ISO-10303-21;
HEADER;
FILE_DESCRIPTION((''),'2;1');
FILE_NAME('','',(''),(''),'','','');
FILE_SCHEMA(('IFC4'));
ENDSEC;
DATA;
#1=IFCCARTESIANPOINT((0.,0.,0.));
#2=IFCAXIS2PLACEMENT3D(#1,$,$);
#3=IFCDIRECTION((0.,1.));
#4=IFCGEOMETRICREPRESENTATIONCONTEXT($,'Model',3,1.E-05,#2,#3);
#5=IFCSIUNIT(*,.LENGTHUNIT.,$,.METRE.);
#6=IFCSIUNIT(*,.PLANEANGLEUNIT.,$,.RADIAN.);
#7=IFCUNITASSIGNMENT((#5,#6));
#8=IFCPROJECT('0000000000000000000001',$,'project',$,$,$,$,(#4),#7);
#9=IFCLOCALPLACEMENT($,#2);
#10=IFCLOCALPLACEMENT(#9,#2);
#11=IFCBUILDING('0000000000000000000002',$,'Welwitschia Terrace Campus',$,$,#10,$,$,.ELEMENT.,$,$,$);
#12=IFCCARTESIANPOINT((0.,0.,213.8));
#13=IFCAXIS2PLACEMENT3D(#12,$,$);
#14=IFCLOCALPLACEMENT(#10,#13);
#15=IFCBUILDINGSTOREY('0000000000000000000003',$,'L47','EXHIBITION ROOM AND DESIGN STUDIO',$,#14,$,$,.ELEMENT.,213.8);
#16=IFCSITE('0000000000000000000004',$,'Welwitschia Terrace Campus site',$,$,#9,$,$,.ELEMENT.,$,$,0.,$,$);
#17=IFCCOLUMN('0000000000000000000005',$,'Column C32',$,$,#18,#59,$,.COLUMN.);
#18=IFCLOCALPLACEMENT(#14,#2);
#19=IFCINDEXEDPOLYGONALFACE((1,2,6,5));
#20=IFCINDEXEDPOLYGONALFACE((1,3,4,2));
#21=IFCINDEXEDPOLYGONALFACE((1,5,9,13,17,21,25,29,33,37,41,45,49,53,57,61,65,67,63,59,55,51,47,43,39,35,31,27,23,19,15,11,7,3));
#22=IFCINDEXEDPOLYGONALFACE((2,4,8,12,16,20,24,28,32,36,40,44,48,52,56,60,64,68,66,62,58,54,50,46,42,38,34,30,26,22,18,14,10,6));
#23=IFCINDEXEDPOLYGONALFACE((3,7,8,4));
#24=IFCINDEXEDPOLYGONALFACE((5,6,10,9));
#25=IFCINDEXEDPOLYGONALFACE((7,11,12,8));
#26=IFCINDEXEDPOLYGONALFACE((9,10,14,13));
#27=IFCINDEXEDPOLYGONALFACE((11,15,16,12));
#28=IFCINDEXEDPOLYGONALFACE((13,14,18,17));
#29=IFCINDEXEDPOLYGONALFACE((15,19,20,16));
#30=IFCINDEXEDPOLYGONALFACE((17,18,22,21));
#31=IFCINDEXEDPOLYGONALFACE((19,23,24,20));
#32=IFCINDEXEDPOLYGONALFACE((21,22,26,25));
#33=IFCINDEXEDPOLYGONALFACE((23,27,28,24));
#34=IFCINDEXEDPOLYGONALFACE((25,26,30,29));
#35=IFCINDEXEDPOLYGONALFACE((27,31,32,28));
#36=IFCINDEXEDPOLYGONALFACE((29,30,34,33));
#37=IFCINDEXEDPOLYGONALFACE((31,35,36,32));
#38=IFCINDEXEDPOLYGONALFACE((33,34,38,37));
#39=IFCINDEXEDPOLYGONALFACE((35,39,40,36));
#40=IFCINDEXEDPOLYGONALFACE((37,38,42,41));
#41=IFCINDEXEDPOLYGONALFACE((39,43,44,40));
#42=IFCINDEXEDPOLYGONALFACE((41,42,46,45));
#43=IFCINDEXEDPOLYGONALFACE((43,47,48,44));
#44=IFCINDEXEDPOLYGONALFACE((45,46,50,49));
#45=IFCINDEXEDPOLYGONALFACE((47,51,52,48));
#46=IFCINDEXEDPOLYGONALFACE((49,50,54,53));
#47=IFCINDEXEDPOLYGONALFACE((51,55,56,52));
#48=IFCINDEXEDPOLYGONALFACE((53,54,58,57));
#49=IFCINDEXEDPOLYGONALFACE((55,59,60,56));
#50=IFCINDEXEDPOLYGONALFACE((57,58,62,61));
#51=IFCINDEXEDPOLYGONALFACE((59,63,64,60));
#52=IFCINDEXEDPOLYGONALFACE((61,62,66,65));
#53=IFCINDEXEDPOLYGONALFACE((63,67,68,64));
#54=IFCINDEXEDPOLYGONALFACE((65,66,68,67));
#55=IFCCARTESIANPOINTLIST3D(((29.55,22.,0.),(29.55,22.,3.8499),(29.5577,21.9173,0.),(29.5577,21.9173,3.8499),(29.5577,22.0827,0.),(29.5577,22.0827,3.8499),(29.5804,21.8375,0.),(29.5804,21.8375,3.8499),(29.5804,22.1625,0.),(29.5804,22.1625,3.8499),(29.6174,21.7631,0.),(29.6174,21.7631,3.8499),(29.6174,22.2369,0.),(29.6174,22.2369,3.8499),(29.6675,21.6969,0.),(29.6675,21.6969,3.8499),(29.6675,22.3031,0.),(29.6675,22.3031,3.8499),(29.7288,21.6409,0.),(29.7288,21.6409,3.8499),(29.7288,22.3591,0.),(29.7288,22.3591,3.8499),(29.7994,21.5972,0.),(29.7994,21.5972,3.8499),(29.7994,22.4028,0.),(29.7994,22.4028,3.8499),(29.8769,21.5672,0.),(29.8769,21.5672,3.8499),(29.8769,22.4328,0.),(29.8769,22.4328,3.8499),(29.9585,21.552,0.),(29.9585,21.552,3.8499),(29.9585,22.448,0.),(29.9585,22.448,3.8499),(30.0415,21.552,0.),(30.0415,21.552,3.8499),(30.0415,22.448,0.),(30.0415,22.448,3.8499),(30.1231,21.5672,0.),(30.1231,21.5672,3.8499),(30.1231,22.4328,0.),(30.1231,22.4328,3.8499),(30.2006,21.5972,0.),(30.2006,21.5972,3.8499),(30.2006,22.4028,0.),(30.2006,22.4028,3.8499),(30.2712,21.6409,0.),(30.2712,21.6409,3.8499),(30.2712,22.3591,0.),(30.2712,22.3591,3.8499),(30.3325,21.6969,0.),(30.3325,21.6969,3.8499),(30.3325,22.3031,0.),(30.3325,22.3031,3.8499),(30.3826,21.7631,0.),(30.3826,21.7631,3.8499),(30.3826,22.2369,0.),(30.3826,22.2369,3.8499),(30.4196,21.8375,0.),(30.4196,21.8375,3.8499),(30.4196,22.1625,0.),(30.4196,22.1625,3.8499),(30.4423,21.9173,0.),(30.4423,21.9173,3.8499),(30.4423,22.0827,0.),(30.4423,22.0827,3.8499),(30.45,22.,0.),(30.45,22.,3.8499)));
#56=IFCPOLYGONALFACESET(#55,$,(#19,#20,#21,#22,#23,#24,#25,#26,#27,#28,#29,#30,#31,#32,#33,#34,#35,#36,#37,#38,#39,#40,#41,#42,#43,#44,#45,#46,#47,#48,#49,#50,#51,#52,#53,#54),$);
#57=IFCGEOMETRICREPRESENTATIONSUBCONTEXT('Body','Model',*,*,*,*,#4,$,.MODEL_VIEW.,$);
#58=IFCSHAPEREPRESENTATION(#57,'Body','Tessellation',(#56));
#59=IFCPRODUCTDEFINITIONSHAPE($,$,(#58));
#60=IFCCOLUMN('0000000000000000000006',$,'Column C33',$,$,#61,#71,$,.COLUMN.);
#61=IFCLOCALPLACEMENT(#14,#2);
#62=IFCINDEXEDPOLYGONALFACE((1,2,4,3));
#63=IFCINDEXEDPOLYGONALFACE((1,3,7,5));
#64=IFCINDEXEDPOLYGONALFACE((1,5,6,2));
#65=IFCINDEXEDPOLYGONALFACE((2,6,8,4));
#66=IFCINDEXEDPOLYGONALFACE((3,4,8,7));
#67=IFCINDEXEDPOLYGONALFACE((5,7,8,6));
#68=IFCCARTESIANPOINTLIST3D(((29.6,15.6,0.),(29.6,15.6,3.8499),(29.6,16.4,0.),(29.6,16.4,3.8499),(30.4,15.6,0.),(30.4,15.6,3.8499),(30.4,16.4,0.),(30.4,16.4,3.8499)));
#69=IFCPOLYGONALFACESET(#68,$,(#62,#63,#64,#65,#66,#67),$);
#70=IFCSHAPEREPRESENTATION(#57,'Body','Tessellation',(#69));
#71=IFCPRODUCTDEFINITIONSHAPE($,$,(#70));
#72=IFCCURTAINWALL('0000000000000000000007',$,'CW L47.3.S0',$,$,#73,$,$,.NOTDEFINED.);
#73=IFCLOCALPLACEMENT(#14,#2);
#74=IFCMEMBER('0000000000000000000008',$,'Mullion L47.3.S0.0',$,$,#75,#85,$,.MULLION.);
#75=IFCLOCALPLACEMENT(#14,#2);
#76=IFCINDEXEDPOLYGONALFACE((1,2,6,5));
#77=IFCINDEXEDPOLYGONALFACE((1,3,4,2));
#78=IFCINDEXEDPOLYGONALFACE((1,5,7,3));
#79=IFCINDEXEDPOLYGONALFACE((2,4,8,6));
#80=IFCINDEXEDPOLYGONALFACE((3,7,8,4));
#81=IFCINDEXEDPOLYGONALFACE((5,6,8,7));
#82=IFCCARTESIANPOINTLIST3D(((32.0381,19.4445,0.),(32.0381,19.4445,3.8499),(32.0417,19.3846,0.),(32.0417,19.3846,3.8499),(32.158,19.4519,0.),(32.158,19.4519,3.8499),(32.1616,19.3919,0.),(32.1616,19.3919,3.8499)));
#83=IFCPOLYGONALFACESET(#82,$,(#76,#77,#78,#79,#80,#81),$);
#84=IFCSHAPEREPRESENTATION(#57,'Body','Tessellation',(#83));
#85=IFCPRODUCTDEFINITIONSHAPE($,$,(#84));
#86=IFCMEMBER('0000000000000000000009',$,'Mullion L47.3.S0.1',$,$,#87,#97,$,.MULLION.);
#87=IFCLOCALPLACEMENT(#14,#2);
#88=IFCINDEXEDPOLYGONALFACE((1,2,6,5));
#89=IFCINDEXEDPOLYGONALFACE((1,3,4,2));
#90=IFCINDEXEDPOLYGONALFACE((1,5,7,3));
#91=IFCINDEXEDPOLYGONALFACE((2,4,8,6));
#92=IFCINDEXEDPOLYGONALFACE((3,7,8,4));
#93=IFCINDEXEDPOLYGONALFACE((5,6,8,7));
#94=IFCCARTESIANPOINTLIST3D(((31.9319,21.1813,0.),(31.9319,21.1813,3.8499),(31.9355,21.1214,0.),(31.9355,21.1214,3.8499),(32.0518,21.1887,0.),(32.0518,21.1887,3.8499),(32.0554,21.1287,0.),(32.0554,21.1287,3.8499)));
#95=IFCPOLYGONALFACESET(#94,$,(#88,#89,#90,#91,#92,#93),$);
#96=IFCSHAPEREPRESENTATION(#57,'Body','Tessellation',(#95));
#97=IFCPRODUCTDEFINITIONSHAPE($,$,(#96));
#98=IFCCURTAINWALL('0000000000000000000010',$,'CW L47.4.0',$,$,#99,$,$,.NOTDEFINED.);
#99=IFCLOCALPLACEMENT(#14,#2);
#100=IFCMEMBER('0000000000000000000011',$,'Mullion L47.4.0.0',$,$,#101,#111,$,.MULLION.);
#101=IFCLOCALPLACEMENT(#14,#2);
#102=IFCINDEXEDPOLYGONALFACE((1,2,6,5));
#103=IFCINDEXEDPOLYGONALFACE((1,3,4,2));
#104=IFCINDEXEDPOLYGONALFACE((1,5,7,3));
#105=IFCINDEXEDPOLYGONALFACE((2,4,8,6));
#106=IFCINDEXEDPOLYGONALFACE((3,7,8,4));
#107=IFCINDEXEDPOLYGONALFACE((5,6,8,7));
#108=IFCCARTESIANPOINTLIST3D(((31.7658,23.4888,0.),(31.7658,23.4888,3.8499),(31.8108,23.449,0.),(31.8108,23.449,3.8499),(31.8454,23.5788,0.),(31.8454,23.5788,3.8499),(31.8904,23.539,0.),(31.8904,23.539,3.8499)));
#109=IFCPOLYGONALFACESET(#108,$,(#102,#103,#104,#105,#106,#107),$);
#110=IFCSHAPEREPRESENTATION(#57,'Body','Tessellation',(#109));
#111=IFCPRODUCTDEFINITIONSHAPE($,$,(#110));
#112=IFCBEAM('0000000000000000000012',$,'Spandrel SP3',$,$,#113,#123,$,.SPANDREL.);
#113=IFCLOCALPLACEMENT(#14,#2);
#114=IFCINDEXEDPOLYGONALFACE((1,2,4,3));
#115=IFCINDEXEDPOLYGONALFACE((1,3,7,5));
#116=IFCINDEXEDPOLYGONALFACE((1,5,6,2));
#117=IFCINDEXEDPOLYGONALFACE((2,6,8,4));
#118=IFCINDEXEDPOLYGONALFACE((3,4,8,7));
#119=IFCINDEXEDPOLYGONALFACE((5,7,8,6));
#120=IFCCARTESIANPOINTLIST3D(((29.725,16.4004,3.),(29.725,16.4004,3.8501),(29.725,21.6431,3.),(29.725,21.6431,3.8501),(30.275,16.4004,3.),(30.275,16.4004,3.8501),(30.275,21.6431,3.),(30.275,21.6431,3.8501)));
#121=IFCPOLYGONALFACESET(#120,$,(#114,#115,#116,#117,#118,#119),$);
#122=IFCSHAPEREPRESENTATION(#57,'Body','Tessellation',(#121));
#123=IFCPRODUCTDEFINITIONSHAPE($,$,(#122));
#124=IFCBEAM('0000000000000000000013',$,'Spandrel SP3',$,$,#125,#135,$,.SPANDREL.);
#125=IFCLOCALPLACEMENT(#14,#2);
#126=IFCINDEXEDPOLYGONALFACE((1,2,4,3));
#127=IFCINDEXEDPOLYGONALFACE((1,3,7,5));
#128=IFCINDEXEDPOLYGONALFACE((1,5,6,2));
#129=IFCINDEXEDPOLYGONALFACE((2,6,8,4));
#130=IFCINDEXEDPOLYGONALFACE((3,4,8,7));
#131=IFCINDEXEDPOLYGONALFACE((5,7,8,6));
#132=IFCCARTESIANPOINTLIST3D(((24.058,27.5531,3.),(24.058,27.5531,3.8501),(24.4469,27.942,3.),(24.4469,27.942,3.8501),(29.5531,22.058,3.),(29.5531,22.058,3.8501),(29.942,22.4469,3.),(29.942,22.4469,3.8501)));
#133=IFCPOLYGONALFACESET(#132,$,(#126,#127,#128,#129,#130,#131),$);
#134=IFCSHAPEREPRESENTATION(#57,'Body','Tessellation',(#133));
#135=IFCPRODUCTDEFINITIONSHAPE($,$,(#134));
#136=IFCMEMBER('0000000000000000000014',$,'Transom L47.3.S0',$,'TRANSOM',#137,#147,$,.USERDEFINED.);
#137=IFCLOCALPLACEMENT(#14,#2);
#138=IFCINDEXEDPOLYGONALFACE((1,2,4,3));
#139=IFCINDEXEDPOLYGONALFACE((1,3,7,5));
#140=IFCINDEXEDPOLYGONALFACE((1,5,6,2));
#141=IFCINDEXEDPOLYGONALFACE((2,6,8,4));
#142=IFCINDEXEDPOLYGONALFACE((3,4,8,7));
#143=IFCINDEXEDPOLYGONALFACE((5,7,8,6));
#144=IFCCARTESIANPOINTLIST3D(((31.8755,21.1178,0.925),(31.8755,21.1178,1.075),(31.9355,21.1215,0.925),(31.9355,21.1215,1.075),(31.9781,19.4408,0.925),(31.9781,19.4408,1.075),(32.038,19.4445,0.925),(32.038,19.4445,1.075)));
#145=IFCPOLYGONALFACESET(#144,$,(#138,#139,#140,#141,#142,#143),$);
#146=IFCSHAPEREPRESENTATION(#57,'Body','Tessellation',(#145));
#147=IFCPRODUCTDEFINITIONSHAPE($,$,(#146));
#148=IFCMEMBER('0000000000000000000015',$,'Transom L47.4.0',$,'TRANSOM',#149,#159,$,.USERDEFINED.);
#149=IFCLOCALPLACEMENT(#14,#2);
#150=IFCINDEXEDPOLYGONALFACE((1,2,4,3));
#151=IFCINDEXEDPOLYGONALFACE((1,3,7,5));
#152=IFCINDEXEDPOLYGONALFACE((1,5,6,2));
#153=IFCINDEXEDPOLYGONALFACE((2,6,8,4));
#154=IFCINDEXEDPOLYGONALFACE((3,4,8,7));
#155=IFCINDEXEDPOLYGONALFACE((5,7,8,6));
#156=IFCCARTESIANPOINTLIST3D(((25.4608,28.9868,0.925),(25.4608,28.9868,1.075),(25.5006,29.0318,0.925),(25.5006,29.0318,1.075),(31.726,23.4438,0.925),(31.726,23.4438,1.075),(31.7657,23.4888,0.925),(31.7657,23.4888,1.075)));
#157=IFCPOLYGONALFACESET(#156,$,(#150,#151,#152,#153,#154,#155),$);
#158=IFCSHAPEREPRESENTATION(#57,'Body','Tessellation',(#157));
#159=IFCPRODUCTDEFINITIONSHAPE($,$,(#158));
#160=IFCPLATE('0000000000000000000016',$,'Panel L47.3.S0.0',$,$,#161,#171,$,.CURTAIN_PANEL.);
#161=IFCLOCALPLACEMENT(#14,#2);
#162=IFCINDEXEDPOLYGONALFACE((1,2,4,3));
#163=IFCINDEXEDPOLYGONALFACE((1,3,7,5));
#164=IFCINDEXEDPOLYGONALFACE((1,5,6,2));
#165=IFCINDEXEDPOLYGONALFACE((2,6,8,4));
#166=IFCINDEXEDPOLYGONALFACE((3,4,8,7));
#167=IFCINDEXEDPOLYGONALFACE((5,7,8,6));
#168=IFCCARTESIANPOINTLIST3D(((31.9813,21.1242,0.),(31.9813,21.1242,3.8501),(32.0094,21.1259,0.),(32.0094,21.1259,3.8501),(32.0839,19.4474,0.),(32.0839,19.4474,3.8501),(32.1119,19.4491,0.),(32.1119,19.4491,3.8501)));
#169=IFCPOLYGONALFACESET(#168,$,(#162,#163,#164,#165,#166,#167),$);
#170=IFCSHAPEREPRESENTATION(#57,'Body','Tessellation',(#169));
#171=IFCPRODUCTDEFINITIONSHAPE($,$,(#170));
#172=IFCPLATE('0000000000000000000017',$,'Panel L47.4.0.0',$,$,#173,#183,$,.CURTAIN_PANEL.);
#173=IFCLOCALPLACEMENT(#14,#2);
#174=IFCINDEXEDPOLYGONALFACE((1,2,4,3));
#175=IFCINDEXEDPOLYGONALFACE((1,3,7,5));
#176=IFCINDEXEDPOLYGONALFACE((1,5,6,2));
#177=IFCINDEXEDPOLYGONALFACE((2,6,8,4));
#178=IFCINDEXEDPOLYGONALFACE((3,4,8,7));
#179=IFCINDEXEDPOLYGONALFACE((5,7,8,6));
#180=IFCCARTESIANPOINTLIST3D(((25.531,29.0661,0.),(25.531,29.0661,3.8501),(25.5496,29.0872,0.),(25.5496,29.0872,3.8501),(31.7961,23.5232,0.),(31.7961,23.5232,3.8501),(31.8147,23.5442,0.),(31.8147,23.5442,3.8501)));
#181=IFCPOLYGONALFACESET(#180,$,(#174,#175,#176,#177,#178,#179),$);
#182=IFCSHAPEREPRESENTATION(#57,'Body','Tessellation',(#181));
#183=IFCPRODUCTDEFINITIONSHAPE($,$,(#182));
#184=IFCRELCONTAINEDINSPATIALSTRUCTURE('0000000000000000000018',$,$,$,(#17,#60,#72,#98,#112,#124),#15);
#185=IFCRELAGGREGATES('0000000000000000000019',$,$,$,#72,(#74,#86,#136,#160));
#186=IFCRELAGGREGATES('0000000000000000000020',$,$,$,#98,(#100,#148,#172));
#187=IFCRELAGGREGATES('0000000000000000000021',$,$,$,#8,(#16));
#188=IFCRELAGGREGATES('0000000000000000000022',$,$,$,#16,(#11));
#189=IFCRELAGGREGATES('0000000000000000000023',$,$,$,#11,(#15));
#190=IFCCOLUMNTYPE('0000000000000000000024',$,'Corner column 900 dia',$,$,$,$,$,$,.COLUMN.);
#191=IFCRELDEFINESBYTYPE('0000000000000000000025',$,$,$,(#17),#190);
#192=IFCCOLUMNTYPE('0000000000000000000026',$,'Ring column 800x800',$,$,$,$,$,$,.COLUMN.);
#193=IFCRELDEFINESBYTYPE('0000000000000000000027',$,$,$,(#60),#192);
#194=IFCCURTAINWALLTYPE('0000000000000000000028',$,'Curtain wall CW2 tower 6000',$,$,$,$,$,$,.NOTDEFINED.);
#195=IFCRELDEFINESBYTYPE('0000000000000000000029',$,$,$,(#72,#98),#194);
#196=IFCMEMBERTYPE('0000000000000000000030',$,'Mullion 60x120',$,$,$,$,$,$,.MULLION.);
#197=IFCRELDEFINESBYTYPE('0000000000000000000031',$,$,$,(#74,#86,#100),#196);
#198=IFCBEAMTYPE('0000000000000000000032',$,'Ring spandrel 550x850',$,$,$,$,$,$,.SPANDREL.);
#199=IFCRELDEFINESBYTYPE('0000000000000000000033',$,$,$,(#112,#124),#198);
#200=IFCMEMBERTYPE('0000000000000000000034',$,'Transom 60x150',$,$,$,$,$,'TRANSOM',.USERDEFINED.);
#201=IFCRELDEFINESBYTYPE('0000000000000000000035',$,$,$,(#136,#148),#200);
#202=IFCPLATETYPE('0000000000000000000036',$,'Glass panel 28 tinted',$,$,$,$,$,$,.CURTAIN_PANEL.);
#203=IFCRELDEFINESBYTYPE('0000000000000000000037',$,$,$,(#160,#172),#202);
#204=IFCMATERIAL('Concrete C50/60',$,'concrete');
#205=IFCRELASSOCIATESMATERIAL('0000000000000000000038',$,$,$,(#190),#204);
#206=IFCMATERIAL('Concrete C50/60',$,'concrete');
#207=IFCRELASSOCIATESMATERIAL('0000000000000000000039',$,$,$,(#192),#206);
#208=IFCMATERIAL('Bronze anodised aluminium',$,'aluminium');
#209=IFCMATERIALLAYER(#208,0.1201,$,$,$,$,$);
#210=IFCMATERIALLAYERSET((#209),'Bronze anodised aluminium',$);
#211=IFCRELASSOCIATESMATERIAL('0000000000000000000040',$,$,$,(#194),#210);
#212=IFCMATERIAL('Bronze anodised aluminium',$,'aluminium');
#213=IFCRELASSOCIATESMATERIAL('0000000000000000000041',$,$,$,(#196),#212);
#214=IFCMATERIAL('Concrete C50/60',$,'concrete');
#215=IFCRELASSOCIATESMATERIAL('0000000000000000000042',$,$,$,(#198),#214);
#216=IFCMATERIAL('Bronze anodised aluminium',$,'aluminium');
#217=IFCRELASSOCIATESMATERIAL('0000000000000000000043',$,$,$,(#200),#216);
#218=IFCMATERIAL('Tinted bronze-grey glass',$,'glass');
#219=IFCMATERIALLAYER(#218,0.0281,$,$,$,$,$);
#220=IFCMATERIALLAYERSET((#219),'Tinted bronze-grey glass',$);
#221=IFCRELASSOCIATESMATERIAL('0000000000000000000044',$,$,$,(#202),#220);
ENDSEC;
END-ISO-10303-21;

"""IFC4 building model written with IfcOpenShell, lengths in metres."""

from ifc_helpers import new_model, si_unit, direction, frame, origin, origin_2d, place, context, subcontext, project, spatial, rectangle, circle, extrude, material, layer, layer_set, material_profile, profile_set, type_object, element, aggregate, save


model = new_model("IFC4")

# Units and contexts
model_context = context("Model", 3, precision=1e-05, world=origin(), true_north=direction((0.0, 1.0)))
body_context = subcontext(model_context, "Body", "Model", "MODEL_VIEW")
ifc_project = project(units=[si_unit("LENGTHUNIT", "METRE"), si_unit("PLANEANGLEUNIT", "RADIAN")], contexts=[model_context])

# Site, building, storey
site_placement = place(None, origin())
site = spatial("IfcSite", under=ifc_project, at=site_placement, Name="Welwitschia Terrace Campus site", CompositionType="ELEMENT", RefElevation=0.0)
building_placement = place(site_placement, origin())
building = spatial("IfcBuilding", under=site, at=building_placement, Name="Welwitschia Terrace Campus", CompositionType="ELEMENT")
storey_placement = place(building_placement, frame((0.0, 0.0, 213.8)))
storey = spatial("IfcBuildingStorey", under=building, at=storey_placement, Name="L47", Description="EXHIBITION ROOM AND DESIGN STUDIO", CompositionType="ELEMENT", Elevation=213.8)

# Columns
ifc_material_1 = material(Name="Concrete C50/60", Category="concrete")
ifc_material_profile_1 = material_profile(ifc_material_1, circle(Radius=0.45, at=origin_2d()))
ifc_profile_set_1 = profile_set([ifc_material_profile_1], Name="Concrete C50/60")
column_type_1 = type_object("IfcColumnType", Name="Corner column 900 dia", PredefinedType="COLUMN", material=ifc_profile_set_1)
column_1_placement = place(storey_placement, frame((30.0, 22.0, 0.0), z_axis=(0.0, 0.0, 1.0), x_axis=(1.0, 0.0, 0.0)))
element("IfcColumn", 1, at=column_1_placement, inside=storey, type_object=column_type_1, Name="Column C32", PredefinedType="COLUMN", context=body_context, shape_type="SweptSolid", body=[
    extrude(circle(Radius=0.45, at=origin_2d()), origin(), (0.0, 0.0, 1.0), 3.8499),
])
ifc_material_2 = material(Name="Concrete C50/60", Category="concrete")
ifc_material_profile_2 = material_profile(ifc_material_2, rectangle(XDim=0.8, YDim=0.8, at=origin_2d()))
ifc_profile_set_2 = profile_set([ifc_material_profile_2], Name="Concrete C50/60")
column_type_2 = type_object("IfcColumnType", Name="Ring column 800x800", PredefinedType="COLUMN", material=ifc_profile_set_2)
column_2_placement = place(storey_placement, frame((30.0, 16.0, 0.0), z_axis=(0.0, 0.0, 1.0), x_axis=(1.0, 0.0, 0.0)))
element("IfcColumn", 2, at=column_2_placement, inside=storey, type_object=column_type_2, Name="Column C33", PredefinedType="COLUMN", context=body_context, shape_type="SweptSolid", body=[
    extrude(rectangle(XDim=0.8, YDim=0.8, at=origin_2d()), origin(), (0.0, 0.0, 1.0), 3.8499),
])

# Curtain wall, members
ifc_material_3 = material(Name="Bronze anodised aluminium", Category="aluminium")
ifc_layer_1 = layer(ifc_material_3, 0.1201)
ifc_layer_set_1 = layer_set([ifc_layer_1], Name="Bronze anodised aluminium")
curtain_wall_type = type_object("IfcCurtainWallType", Name="Curtain wall CW2 tower 6000", PredefinedType="NOTDEFINED", material=ifc_layer_set_1)
curtain_wall_1_placement = place(storey_placement, origin())
curtain_wall_1 = element("IfcCurtainWall", 3, at=curtain_wall_1_placement, inside=storey, type_object=curtain_wall_type, Name="CW L47.3.S0", PredefinedType="NOTDEFINED")
ifc_material_4 = material(Name="Bronze anodised aluminium", Category="aluminium")
ifc_material_profile_3 = material_profile(ifc_material_4, rectangle(XDim=0.1201, YDim=0.0601, at=origin_2d()))
ifc_profile_set_3 = profile_set([ifc_material_profile_3], Name="Bronze anodised aluminium")
member_type_1 = type_object("IfcMemberType", Name="Mullion 60x120", PredefinedType="MULLION", material=ifc_profile_set_3)
member_1_placement = place(storey_placement, frame((32.0999, 19.4182, 0.0), z_axis=(0.0, 0.0, 1.0), x_axis=(-0.998135, -0.061049, 0.0)))
member_1 = element("IfcMember", 4, at=member_1_placement, type_object=member_type_1, Name="Mullion L47.3.S0.0", PredefinedType="MULLION", context=body_context, shape_type="SweptSolid", body=[
    extrude(rectangle(XDim=0.1201, YDim=0.0601, at=origin_2d()), origin(), (0.0, 0.0, 1.0), 3.8499),
])
member_2_placement = place(storey_placement, frame((31.9937, 21.155, 0.0), z_axis=(0.0, 0.0, 1.0), x_axis=(-0.998135, -0.061049, 0.0)))
member_2 = element("IfcMember", 5, at=member_2_placement, type_object=member_type_1, Name="Mullion L47.3.S0.1", PredefinedType="MULLION", context=body_context, shape_type="SweptSolid", body=[
    extrude(rectangle(XDim=0.1201, YDim=0.0601, at=origin_2d()), origin(), (0.0, 0.0, 1.0), 3.8499),
])

# Curtain wall, member
curtain_wall_2_placement = place(storey_placement, origin())
curtain_wall_2 = element("IfcCurtainWall", 6, at=curtain_wall_2_placement, inside=storey, type_object=curtain_wall_type, Name="CW L47.4.0", PredefinedType="NOTDEFINED")
member_3_placement = place(storey_placement, frame((31.8281, 23.5139, 0.0), z_axis=(0.0, 0.0, 1.0), x_axis=(-0.66262, -0.748956, 0.0)))
member_3 = element("IfcMember", 7, at=member_3_placement, type_object=member_type_1, Name="Mullion L47.4.0.0", PredefinedType="MULLION", context=body_context, shape_type="SweptSolid", body=[
    extrude(rectangle(XDim=0.1201, YDim=0.0601, at=origin_2d()), origin(), (0.0, 0.0, 1.0), 3.8499),
])

# Beams
ifc_material_5 = material(Name="Concrete C50/60", Category="concrete")
ifc_material_profile_4 = material_profile(ifc_material_5, rectangle(XDim=0.55, YDim=0.8501, at=origin_2d()))
ifc_profile_set_4 = profile_set([ifc_material_profile_4], Name="Concrete C50/60")
beam_type = type_object("IfcBeamType", Name="Ring spandrel 550x850", PredefinedType="SPANDREL", material=ifc_profile_set_4)
beam_1_placement = place(storey_placement, frame((30.0, 16.4004, 3.425), z_axis=(0.0, 1.0, 0.0), x_axis=(-1.0, 0.0, 0.0)))
element("IfcBeam", 8, at=beam_1_placement, inside=storey, type_object=beam_type, Name="Spandrel SP3", PredefinedType="SPANDREL", context=body_context, shape_type="SweptSolid", body=[
    extrude(rectangle(XDim=0.55, YDim=0.8501, at=origin_2d()), origin(), (0.0, 0.0, 1.0), 5.2427),
])
beam_2_placement = place(storey_placement, frame((29.7476, 22.2524, 3.425), z_axis=(-0.707107, 0.707107, 0.0), x_axis=(-0.707107, -0.707107, 0.0)))
element("IfcBeam", 9, at=beam_2_placement, inside=storey, type_object=beam_type, Name="Spandrel SP3", PredefinedType="SPANDREL", context=body_context, shape_type="SweptSolid", body=[
    extrude(rectangle(XDim=0.55, YDim=0.8501, at=origin_2d()), origin(), (0.0, 0.0, 1.0), 7.7712),
])

# Members
ifc_material_6 = material(Name="Bronze anodised aluminium", Category="aluminium")
ifc_material_profile_5 = material_profile(ifc_material_6, rectangle(XDim=0.0601, YDim=0.1499, at=origin_2d()))
ifc_profile_set_5 = profile_set([ifc_material_profile_5], Name="Bronze anodised aluminium")
member_type_2 = type_object("IfcMemberType", Name="Transom 60x150", ElementType="TRANSOM", PredefinedType="USERDEFINED", material=ifc_profile_set_5)
member_4_placement = place(storey_placement, frame((32.0081, 19.4426, 1.0), z_axis=(-0.06103, 0.998136, 0.0), x_axis=(-0.998136, -0.06103, 0.0)))
member_4 = element("IfcMember", 10, at=member_4_placement, type_object=member_type_2, Name="Transom L47.3.S0", ObjectType="TRANSOM", PredefinedType="USERDEFINED", context=body_context, shape_type="SweptSolid", body=[
    extrude(rectangle(XDim=0.0601, YDim=0.1499, at=origin_2d()), origin(), (0.0, 0.0, 1.0), 1.6802),
])
member_5_placement = place(storey_placement, frame((31.7458, 23.4663, 1.0), z_axis=(-0.748953, 0.662623, 0.0), x_axis=(-0.662623, -0.748953, 0.0)))
member_5 = element("IfcMember", 11, at=member_5_placement, type_object=member_type_2, Name="Transom L47.4.0", ObjectType="TRANSOM", PredefinedType="USERDEFINED", context=body_context, shape_type="SweptSolid", body=[
    extrude(rectangle(XDim=0.0601, YDim=0.1499, at=origin_2d()), origin(), (0.0, 0.0, 1.0), 8.3652),
])

# Plates
ifc_material_7 = material(Name="Tinted bronze-grey glass", Category="glass")
ifc_layer_2 = layer(ifc_material_7, 0.0281)
ifc_layer_set_2 = layer_set([ifc_layer_2], Name="Tinted bronze-grey glass")
plate_type = type_object("IfcPlateType", Name="Glass panel 28 tinted", PredefinedType="CURTAIN_PANEL", material=ifc_layer_set_2)
plate_1_placement = place(storey_placement, frame((32.0466, 20.2866, 0.0), z_axis=(0.0, 0.0, 1.0), x_axis=(-0.061049, 0.998135, 0.0)))
plate_1 = element("IfcPlate", 12, at=plate_1_placement, type_object=plate_type, Name="Panel L47.3.S0.0", PredefinedType="CURTAIN_PANEL", context=body_context, shape_type="SweptSolid", body=[
    extrude(rectangle(XDim=1.6799, YDim=0.0281, at=origin_2d()), origin(), (0.0, 0.0, 1.0), 3.8501),
])
aggregate(curtain_wall_1, [member_1, member_2, member_4, plate_1])
plate_2_placement = place(storey_placement, frame((28.6729, 26.3052, 0.0), z_axis=(0.0, 0.0, 1.0), x_axis=(-0.748956, 0.66262, 0.0)))
plate_2 = element("IfcPlate", 13, at=plate_2_placement, type_object=plate_type, Name="Panel L47.4.0.0", PredefinedType="CURTAIN_PANEL", context=body_context, shape_type="SweptSolid", body=[
    extrude(rectangle(XDim=8.3652, YDim=0.0281, at=origin_2d()), origin(), (0.0, 0.0, 1.0), 3.8501),
])
aggregate(curtain_wall_2, [member_3, member_5, plate_2])

save(model, "model.ifc")
